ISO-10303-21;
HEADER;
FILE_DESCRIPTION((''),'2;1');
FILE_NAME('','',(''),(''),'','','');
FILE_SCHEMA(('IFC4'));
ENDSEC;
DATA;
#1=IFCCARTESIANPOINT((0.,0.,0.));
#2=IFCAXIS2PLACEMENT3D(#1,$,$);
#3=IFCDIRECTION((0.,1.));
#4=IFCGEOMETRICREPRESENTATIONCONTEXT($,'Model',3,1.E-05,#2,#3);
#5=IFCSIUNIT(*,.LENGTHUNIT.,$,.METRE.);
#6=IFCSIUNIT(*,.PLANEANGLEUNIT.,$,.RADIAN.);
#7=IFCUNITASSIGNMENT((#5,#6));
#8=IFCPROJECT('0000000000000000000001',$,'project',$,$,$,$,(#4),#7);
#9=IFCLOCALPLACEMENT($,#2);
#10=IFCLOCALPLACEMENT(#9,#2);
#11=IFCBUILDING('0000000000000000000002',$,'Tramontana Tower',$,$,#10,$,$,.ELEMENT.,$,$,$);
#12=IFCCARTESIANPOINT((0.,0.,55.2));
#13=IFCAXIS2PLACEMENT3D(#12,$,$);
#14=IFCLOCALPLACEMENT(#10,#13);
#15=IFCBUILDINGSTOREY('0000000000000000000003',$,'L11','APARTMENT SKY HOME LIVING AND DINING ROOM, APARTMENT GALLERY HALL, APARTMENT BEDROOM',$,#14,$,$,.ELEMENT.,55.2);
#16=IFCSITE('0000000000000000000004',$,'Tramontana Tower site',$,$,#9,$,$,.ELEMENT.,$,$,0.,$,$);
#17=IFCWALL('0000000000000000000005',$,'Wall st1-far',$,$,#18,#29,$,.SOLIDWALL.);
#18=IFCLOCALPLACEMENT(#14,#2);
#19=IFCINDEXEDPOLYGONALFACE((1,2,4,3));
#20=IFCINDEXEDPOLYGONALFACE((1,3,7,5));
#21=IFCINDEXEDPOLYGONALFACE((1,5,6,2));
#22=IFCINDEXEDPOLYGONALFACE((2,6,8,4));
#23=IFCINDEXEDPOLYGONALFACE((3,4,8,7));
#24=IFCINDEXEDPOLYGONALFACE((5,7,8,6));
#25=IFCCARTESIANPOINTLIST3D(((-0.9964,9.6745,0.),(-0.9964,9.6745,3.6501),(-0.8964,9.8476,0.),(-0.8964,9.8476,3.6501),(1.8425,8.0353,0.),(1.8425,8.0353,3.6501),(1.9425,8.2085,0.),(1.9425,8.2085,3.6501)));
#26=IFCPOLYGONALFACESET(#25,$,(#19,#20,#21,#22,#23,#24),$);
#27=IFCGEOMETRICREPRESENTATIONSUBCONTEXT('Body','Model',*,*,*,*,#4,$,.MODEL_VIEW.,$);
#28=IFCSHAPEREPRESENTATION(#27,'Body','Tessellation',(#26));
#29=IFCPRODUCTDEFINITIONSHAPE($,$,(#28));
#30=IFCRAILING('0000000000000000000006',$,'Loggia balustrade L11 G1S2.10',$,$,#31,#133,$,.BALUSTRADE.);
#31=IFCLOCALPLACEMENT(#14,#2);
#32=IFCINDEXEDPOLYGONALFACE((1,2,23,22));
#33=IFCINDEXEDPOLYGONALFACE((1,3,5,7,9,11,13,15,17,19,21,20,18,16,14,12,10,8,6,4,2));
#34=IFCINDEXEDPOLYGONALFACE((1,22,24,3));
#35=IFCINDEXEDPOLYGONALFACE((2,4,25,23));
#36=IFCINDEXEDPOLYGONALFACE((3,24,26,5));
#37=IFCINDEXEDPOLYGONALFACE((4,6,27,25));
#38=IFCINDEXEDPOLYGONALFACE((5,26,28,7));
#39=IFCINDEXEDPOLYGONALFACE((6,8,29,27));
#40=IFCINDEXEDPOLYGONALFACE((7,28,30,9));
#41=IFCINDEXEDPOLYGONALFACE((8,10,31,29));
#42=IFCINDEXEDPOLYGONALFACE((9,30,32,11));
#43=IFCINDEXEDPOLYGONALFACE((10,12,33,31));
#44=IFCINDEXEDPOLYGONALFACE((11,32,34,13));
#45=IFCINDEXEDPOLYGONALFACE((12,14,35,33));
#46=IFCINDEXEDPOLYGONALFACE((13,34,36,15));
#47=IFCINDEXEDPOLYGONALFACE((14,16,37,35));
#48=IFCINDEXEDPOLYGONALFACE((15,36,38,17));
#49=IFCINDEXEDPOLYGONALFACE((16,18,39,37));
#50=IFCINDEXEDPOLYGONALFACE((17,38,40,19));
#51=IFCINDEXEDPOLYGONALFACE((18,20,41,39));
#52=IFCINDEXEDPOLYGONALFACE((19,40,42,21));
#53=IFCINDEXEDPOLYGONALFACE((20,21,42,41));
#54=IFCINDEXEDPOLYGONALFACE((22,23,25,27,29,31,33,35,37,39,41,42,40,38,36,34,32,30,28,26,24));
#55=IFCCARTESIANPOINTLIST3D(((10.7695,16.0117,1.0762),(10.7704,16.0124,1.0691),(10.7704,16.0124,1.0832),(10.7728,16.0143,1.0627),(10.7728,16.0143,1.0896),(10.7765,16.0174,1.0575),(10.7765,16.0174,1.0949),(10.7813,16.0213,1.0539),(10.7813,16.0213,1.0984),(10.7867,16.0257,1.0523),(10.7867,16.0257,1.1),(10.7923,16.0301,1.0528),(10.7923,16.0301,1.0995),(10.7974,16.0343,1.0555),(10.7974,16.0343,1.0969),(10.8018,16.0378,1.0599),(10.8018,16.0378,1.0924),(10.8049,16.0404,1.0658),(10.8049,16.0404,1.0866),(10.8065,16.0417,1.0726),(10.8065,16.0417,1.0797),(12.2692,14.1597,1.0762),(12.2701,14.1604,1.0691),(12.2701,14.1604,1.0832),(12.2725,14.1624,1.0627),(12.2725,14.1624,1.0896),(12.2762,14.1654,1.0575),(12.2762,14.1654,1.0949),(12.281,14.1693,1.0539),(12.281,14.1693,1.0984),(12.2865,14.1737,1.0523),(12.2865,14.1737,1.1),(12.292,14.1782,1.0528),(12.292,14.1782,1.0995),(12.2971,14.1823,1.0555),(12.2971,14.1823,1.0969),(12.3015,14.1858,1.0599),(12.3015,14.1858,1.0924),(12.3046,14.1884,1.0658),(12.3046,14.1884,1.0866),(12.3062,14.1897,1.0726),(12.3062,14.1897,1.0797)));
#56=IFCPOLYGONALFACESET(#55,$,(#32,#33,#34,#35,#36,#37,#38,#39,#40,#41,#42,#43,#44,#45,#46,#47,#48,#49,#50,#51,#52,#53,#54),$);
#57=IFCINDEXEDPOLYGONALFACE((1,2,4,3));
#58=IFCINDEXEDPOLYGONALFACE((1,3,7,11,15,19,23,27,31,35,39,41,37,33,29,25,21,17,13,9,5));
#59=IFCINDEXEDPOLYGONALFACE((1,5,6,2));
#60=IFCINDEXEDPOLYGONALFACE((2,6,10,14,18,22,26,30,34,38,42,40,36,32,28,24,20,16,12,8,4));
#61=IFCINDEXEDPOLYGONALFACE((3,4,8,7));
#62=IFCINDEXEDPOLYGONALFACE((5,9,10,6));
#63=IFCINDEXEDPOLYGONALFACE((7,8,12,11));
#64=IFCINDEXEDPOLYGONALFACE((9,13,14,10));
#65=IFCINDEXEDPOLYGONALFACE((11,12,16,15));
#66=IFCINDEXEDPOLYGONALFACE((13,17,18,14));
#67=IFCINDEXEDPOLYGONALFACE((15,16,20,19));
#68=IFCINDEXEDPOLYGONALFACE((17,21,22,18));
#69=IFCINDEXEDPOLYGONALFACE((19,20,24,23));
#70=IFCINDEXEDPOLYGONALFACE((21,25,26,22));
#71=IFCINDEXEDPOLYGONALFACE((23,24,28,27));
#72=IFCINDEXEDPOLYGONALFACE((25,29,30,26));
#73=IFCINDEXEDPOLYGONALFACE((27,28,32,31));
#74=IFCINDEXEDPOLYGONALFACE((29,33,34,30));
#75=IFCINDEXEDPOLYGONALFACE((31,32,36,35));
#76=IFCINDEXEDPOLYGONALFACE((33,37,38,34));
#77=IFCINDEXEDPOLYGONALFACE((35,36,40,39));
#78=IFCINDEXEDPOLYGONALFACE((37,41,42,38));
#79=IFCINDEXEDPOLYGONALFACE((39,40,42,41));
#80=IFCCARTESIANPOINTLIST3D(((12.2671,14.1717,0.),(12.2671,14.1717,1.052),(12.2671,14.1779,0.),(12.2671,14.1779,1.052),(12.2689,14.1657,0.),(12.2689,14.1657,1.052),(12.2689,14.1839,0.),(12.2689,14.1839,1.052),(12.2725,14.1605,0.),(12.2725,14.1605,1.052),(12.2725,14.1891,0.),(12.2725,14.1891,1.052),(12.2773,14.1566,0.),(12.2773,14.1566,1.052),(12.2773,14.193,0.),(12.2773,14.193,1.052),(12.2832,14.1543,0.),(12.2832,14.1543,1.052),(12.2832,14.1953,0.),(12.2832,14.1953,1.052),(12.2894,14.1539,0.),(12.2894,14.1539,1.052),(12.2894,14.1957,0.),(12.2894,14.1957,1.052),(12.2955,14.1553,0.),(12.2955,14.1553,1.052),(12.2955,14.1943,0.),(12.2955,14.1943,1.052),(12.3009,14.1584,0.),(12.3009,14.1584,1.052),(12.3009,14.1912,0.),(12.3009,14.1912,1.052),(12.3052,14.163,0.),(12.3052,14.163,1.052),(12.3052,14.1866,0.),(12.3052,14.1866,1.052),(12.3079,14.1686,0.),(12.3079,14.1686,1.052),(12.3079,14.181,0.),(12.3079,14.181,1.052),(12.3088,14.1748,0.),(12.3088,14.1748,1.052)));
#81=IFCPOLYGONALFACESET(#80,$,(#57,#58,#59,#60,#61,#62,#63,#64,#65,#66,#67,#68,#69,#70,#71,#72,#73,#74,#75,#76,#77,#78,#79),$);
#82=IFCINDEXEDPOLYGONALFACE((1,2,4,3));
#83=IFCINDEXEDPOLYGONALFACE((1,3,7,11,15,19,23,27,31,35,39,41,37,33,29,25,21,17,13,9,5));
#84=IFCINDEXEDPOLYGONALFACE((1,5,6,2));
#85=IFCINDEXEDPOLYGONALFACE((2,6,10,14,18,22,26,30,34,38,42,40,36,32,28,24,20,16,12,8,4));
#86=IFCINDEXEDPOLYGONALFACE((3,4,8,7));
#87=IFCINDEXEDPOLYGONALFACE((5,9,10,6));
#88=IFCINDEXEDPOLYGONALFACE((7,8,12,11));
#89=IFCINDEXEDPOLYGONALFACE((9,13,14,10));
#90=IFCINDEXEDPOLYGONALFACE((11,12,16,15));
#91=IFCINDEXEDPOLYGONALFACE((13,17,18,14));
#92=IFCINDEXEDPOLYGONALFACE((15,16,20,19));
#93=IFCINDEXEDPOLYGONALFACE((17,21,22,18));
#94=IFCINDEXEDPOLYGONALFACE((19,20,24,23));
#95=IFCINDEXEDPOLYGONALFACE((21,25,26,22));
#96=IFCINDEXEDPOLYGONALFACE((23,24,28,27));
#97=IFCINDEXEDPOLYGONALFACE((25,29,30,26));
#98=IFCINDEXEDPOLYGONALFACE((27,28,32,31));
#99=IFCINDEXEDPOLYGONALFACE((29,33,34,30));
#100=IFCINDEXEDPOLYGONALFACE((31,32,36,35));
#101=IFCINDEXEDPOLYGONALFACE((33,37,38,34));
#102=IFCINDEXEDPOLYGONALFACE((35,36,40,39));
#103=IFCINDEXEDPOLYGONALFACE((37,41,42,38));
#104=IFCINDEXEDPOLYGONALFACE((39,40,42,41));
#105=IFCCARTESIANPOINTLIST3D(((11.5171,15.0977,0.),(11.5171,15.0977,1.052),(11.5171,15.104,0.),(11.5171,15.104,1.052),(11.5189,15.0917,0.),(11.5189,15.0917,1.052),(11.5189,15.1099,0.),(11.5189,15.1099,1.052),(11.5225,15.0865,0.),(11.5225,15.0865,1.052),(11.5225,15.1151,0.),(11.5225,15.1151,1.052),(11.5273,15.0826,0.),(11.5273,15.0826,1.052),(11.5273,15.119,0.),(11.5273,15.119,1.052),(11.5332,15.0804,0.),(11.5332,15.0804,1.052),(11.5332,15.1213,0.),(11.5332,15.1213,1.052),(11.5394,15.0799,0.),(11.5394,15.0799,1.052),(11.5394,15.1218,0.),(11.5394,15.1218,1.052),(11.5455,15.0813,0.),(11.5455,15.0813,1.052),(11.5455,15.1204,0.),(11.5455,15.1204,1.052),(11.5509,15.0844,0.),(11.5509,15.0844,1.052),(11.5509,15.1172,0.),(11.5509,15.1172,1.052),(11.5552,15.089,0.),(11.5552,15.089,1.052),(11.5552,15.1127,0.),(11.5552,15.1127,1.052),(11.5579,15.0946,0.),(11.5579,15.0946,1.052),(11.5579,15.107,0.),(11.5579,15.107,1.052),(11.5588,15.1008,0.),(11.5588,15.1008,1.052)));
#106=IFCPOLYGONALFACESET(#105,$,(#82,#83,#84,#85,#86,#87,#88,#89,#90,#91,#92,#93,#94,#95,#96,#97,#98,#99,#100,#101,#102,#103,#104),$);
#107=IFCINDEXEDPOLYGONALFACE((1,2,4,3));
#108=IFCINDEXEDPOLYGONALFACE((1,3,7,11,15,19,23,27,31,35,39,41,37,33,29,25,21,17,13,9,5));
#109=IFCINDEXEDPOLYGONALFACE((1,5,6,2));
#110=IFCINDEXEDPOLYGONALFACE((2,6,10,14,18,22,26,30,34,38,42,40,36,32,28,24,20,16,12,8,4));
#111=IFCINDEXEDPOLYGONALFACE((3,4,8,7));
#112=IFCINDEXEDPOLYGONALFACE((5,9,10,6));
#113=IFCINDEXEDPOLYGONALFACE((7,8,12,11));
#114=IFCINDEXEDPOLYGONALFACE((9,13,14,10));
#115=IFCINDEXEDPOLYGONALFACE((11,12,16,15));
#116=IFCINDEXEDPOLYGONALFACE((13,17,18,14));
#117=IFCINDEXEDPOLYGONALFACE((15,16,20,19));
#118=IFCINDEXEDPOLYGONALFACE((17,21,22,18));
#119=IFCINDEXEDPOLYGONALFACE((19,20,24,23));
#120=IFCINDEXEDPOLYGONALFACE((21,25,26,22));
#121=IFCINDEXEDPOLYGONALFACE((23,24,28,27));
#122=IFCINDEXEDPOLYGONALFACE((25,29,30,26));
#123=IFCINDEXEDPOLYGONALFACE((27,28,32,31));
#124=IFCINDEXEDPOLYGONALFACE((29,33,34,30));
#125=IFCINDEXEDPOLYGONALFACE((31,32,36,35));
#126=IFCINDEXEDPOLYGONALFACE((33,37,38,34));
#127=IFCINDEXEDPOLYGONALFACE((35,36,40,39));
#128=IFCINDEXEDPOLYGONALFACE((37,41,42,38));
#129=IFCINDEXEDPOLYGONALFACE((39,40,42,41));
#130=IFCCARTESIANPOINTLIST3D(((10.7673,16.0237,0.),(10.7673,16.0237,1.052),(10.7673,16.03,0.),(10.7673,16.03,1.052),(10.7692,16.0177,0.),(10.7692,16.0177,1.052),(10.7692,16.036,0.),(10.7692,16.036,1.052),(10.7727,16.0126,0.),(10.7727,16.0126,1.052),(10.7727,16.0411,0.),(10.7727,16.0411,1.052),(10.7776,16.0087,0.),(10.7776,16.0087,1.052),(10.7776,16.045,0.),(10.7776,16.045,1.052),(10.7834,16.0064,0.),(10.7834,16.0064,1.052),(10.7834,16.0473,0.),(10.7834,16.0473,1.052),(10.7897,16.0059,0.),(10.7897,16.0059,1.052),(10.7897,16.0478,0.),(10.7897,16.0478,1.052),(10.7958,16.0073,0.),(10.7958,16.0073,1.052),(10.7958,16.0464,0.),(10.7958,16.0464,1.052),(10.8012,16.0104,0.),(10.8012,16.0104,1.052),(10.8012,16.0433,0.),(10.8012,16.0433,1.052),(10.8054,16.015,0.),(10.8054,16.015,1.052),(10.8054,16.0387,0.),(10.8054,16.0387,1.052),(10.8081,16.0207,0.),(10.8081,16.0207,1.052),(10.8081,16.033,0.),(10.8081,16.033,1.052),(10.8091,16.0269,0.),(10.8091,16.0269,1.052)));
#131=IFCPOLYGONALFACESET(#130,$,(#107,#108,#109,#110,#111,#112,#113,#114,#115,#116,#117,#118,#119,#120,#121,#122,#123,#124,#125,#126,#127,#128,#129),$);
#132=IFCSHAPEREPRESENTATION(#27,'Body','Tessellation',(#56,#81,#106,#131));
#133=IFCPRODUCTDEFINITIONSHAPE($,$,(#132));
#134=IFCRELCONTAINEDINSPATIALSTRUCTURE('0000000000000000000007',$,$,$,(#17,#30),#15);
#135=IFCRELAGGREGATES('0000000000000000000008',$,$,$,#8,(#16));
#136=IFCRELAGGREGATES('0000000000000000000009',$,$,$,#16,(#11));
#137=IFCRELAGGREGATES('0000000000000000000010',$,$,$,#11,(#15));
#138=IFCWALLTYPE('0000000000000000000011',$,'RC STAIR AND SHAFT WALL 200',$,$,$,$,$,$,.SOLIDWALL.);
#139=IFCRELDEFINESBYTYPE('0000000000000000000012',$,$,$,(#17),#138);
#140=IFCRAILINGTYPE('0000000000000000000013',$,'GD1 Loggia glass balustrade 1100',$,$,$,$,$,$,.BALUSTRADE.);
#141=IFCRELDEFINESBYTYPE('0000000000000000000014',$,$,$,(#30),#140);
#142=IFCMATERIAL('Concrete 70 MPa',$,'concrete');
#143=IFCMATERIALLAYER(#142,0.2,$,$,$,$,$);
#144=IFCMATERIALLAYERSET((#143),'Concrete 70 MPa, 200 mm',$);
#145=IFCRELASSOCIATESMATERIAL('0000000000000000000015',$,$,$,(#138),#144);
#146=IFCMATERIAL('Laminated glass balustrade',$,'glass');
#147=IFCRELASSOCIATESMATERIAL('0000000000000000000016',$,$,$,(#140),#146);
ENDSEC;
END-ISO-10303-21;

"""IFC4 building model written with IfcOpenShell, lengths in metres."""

from ifc_helpers import new_model, si_unit, direction, frame, frame_2d, origin, origin_2d, place, context, subcontext, project, spatial, rectangle, circle, extrude, material, layer, layer_set, type_object, element, save


model = new_model("IFC4")

# Units and contexts
model_context = context("Model", 3, precision=1e-05, world=origin(), true_north=direction((0.0, 1.0)))
body_context = subcontext(model_context, "Body", "Model", "MODEL_VIEW")
ifc_project = project(units=[si_unit("LENGTHUNIT", "METRE"), si_unit("PLANEANGLEUNIT", "RADIAN")], contexts=[model_context])

# Site, building, storey
site_placement = place(None, origin())
site = spatial("IfcSite", under=ifc_project, at=site_placement, Name="Tramontana Tower site", CompositionType="ELEMENT", RefElevation=0.0)
building_placement = place(site_placement, origin())
building = spatial("IfcBuilding", under=site, at=building_placement, Name="Tramontana Tower", CompositionType="ELEMENT")
storey_placement = place(building_placement, frame((0.0, 0.0, 55.2)))
storey = spatial("IfcBuildingStorey", under=building, at=storey_placement, Name="L11", Description="APARTMENT SKY HOME LIVING AND DINING ROOM, APARTMENT GALLERY HALL, APARTMENT BEDROOM", CompositionType="ELEMENT", Elevation=55.2)

# Wall
ifc_material_1 = material(Name="Concrete 70 MPa", Category="concrete")
ifc_layer_1 = layer(ifc_material_1, 0.2)
ifc_layer_set_1 = layer_set([ifc_layer_1], Name="Concrete 70 MPa, 200 mm")
wall_type_1 = type_object("IfcWallType", Name="RC STAIR AND SHAFT WALL 200", PredefinedType="SOLIDWALL", material=ifc_layer_set_1)
wall_1_placement = place(storey_placement, frame((1.8926, 8.1218, 0.0), z_axis=(0.0, 0.0, 1.0), x_axis=(-0.866007, 0.500032, 0.0)))
element("IfcWall", 1, at=wall_1_placement, inside=storey, type_object=wall_type_1, Name="Wall st1-far", PredefinedType="SOLIDWALL", context=body_context, shape_type="SweptSolid", body=[
    extrude(rectangle(XDim=3.2781, YDim=0.2, at=frame_2d((1.6392, 0.0))), origin(), (0.0, 0.0, 1.0), 3.6501),
])

# Railing
ifc_material_2 = material(Name="Laminated glass balustrade", Category="glass")
railing_type = type_object("IfcRailingType", Name="GD1 Loggia glass balustrade 1100", PredefinedType="BALUSTRADE", material=ifc_material_2)
railing_placement = place(storey_placement, frame((12.2878, 14.1748, 0.0)))
element("IfcRailing", 2, at=railing_placement, inside=storey, type_object=railing_type, Name="Loggia balustrade L11 G1S2.10", PredefinedType="BALUSTRADE", context=body_context, shape_type="SweptSolid", body=[
    extrude(circle(Radius=0.0239, at=origin_2d()), frame((0.0, 0.0, 1.0762), z_axis=(-0.629319, 0.777147, 0.0), x_axis=(-0.777147, -0.629319, 0.0)), (0.0, 0.0, 1.0), 2.3831),
    extrude(circle(Radius=0.021, at=origin_2d()), origin(), (0.0, 0.0, 1.0), 1.052),
    extrude(circle(Radius=0.021, at=origin_2d()), frame((-0.75, 0.926, 0.0)), (0.0, 0.0, 1.0), 1.052),
    extrude(circle(Radius=0.021, at=origin_2d()), frame((-1.4998, 1.8521, 0.0)), (0.0, 0.0, 1.0), 1.052),
])

save(model, "model.ifc")
